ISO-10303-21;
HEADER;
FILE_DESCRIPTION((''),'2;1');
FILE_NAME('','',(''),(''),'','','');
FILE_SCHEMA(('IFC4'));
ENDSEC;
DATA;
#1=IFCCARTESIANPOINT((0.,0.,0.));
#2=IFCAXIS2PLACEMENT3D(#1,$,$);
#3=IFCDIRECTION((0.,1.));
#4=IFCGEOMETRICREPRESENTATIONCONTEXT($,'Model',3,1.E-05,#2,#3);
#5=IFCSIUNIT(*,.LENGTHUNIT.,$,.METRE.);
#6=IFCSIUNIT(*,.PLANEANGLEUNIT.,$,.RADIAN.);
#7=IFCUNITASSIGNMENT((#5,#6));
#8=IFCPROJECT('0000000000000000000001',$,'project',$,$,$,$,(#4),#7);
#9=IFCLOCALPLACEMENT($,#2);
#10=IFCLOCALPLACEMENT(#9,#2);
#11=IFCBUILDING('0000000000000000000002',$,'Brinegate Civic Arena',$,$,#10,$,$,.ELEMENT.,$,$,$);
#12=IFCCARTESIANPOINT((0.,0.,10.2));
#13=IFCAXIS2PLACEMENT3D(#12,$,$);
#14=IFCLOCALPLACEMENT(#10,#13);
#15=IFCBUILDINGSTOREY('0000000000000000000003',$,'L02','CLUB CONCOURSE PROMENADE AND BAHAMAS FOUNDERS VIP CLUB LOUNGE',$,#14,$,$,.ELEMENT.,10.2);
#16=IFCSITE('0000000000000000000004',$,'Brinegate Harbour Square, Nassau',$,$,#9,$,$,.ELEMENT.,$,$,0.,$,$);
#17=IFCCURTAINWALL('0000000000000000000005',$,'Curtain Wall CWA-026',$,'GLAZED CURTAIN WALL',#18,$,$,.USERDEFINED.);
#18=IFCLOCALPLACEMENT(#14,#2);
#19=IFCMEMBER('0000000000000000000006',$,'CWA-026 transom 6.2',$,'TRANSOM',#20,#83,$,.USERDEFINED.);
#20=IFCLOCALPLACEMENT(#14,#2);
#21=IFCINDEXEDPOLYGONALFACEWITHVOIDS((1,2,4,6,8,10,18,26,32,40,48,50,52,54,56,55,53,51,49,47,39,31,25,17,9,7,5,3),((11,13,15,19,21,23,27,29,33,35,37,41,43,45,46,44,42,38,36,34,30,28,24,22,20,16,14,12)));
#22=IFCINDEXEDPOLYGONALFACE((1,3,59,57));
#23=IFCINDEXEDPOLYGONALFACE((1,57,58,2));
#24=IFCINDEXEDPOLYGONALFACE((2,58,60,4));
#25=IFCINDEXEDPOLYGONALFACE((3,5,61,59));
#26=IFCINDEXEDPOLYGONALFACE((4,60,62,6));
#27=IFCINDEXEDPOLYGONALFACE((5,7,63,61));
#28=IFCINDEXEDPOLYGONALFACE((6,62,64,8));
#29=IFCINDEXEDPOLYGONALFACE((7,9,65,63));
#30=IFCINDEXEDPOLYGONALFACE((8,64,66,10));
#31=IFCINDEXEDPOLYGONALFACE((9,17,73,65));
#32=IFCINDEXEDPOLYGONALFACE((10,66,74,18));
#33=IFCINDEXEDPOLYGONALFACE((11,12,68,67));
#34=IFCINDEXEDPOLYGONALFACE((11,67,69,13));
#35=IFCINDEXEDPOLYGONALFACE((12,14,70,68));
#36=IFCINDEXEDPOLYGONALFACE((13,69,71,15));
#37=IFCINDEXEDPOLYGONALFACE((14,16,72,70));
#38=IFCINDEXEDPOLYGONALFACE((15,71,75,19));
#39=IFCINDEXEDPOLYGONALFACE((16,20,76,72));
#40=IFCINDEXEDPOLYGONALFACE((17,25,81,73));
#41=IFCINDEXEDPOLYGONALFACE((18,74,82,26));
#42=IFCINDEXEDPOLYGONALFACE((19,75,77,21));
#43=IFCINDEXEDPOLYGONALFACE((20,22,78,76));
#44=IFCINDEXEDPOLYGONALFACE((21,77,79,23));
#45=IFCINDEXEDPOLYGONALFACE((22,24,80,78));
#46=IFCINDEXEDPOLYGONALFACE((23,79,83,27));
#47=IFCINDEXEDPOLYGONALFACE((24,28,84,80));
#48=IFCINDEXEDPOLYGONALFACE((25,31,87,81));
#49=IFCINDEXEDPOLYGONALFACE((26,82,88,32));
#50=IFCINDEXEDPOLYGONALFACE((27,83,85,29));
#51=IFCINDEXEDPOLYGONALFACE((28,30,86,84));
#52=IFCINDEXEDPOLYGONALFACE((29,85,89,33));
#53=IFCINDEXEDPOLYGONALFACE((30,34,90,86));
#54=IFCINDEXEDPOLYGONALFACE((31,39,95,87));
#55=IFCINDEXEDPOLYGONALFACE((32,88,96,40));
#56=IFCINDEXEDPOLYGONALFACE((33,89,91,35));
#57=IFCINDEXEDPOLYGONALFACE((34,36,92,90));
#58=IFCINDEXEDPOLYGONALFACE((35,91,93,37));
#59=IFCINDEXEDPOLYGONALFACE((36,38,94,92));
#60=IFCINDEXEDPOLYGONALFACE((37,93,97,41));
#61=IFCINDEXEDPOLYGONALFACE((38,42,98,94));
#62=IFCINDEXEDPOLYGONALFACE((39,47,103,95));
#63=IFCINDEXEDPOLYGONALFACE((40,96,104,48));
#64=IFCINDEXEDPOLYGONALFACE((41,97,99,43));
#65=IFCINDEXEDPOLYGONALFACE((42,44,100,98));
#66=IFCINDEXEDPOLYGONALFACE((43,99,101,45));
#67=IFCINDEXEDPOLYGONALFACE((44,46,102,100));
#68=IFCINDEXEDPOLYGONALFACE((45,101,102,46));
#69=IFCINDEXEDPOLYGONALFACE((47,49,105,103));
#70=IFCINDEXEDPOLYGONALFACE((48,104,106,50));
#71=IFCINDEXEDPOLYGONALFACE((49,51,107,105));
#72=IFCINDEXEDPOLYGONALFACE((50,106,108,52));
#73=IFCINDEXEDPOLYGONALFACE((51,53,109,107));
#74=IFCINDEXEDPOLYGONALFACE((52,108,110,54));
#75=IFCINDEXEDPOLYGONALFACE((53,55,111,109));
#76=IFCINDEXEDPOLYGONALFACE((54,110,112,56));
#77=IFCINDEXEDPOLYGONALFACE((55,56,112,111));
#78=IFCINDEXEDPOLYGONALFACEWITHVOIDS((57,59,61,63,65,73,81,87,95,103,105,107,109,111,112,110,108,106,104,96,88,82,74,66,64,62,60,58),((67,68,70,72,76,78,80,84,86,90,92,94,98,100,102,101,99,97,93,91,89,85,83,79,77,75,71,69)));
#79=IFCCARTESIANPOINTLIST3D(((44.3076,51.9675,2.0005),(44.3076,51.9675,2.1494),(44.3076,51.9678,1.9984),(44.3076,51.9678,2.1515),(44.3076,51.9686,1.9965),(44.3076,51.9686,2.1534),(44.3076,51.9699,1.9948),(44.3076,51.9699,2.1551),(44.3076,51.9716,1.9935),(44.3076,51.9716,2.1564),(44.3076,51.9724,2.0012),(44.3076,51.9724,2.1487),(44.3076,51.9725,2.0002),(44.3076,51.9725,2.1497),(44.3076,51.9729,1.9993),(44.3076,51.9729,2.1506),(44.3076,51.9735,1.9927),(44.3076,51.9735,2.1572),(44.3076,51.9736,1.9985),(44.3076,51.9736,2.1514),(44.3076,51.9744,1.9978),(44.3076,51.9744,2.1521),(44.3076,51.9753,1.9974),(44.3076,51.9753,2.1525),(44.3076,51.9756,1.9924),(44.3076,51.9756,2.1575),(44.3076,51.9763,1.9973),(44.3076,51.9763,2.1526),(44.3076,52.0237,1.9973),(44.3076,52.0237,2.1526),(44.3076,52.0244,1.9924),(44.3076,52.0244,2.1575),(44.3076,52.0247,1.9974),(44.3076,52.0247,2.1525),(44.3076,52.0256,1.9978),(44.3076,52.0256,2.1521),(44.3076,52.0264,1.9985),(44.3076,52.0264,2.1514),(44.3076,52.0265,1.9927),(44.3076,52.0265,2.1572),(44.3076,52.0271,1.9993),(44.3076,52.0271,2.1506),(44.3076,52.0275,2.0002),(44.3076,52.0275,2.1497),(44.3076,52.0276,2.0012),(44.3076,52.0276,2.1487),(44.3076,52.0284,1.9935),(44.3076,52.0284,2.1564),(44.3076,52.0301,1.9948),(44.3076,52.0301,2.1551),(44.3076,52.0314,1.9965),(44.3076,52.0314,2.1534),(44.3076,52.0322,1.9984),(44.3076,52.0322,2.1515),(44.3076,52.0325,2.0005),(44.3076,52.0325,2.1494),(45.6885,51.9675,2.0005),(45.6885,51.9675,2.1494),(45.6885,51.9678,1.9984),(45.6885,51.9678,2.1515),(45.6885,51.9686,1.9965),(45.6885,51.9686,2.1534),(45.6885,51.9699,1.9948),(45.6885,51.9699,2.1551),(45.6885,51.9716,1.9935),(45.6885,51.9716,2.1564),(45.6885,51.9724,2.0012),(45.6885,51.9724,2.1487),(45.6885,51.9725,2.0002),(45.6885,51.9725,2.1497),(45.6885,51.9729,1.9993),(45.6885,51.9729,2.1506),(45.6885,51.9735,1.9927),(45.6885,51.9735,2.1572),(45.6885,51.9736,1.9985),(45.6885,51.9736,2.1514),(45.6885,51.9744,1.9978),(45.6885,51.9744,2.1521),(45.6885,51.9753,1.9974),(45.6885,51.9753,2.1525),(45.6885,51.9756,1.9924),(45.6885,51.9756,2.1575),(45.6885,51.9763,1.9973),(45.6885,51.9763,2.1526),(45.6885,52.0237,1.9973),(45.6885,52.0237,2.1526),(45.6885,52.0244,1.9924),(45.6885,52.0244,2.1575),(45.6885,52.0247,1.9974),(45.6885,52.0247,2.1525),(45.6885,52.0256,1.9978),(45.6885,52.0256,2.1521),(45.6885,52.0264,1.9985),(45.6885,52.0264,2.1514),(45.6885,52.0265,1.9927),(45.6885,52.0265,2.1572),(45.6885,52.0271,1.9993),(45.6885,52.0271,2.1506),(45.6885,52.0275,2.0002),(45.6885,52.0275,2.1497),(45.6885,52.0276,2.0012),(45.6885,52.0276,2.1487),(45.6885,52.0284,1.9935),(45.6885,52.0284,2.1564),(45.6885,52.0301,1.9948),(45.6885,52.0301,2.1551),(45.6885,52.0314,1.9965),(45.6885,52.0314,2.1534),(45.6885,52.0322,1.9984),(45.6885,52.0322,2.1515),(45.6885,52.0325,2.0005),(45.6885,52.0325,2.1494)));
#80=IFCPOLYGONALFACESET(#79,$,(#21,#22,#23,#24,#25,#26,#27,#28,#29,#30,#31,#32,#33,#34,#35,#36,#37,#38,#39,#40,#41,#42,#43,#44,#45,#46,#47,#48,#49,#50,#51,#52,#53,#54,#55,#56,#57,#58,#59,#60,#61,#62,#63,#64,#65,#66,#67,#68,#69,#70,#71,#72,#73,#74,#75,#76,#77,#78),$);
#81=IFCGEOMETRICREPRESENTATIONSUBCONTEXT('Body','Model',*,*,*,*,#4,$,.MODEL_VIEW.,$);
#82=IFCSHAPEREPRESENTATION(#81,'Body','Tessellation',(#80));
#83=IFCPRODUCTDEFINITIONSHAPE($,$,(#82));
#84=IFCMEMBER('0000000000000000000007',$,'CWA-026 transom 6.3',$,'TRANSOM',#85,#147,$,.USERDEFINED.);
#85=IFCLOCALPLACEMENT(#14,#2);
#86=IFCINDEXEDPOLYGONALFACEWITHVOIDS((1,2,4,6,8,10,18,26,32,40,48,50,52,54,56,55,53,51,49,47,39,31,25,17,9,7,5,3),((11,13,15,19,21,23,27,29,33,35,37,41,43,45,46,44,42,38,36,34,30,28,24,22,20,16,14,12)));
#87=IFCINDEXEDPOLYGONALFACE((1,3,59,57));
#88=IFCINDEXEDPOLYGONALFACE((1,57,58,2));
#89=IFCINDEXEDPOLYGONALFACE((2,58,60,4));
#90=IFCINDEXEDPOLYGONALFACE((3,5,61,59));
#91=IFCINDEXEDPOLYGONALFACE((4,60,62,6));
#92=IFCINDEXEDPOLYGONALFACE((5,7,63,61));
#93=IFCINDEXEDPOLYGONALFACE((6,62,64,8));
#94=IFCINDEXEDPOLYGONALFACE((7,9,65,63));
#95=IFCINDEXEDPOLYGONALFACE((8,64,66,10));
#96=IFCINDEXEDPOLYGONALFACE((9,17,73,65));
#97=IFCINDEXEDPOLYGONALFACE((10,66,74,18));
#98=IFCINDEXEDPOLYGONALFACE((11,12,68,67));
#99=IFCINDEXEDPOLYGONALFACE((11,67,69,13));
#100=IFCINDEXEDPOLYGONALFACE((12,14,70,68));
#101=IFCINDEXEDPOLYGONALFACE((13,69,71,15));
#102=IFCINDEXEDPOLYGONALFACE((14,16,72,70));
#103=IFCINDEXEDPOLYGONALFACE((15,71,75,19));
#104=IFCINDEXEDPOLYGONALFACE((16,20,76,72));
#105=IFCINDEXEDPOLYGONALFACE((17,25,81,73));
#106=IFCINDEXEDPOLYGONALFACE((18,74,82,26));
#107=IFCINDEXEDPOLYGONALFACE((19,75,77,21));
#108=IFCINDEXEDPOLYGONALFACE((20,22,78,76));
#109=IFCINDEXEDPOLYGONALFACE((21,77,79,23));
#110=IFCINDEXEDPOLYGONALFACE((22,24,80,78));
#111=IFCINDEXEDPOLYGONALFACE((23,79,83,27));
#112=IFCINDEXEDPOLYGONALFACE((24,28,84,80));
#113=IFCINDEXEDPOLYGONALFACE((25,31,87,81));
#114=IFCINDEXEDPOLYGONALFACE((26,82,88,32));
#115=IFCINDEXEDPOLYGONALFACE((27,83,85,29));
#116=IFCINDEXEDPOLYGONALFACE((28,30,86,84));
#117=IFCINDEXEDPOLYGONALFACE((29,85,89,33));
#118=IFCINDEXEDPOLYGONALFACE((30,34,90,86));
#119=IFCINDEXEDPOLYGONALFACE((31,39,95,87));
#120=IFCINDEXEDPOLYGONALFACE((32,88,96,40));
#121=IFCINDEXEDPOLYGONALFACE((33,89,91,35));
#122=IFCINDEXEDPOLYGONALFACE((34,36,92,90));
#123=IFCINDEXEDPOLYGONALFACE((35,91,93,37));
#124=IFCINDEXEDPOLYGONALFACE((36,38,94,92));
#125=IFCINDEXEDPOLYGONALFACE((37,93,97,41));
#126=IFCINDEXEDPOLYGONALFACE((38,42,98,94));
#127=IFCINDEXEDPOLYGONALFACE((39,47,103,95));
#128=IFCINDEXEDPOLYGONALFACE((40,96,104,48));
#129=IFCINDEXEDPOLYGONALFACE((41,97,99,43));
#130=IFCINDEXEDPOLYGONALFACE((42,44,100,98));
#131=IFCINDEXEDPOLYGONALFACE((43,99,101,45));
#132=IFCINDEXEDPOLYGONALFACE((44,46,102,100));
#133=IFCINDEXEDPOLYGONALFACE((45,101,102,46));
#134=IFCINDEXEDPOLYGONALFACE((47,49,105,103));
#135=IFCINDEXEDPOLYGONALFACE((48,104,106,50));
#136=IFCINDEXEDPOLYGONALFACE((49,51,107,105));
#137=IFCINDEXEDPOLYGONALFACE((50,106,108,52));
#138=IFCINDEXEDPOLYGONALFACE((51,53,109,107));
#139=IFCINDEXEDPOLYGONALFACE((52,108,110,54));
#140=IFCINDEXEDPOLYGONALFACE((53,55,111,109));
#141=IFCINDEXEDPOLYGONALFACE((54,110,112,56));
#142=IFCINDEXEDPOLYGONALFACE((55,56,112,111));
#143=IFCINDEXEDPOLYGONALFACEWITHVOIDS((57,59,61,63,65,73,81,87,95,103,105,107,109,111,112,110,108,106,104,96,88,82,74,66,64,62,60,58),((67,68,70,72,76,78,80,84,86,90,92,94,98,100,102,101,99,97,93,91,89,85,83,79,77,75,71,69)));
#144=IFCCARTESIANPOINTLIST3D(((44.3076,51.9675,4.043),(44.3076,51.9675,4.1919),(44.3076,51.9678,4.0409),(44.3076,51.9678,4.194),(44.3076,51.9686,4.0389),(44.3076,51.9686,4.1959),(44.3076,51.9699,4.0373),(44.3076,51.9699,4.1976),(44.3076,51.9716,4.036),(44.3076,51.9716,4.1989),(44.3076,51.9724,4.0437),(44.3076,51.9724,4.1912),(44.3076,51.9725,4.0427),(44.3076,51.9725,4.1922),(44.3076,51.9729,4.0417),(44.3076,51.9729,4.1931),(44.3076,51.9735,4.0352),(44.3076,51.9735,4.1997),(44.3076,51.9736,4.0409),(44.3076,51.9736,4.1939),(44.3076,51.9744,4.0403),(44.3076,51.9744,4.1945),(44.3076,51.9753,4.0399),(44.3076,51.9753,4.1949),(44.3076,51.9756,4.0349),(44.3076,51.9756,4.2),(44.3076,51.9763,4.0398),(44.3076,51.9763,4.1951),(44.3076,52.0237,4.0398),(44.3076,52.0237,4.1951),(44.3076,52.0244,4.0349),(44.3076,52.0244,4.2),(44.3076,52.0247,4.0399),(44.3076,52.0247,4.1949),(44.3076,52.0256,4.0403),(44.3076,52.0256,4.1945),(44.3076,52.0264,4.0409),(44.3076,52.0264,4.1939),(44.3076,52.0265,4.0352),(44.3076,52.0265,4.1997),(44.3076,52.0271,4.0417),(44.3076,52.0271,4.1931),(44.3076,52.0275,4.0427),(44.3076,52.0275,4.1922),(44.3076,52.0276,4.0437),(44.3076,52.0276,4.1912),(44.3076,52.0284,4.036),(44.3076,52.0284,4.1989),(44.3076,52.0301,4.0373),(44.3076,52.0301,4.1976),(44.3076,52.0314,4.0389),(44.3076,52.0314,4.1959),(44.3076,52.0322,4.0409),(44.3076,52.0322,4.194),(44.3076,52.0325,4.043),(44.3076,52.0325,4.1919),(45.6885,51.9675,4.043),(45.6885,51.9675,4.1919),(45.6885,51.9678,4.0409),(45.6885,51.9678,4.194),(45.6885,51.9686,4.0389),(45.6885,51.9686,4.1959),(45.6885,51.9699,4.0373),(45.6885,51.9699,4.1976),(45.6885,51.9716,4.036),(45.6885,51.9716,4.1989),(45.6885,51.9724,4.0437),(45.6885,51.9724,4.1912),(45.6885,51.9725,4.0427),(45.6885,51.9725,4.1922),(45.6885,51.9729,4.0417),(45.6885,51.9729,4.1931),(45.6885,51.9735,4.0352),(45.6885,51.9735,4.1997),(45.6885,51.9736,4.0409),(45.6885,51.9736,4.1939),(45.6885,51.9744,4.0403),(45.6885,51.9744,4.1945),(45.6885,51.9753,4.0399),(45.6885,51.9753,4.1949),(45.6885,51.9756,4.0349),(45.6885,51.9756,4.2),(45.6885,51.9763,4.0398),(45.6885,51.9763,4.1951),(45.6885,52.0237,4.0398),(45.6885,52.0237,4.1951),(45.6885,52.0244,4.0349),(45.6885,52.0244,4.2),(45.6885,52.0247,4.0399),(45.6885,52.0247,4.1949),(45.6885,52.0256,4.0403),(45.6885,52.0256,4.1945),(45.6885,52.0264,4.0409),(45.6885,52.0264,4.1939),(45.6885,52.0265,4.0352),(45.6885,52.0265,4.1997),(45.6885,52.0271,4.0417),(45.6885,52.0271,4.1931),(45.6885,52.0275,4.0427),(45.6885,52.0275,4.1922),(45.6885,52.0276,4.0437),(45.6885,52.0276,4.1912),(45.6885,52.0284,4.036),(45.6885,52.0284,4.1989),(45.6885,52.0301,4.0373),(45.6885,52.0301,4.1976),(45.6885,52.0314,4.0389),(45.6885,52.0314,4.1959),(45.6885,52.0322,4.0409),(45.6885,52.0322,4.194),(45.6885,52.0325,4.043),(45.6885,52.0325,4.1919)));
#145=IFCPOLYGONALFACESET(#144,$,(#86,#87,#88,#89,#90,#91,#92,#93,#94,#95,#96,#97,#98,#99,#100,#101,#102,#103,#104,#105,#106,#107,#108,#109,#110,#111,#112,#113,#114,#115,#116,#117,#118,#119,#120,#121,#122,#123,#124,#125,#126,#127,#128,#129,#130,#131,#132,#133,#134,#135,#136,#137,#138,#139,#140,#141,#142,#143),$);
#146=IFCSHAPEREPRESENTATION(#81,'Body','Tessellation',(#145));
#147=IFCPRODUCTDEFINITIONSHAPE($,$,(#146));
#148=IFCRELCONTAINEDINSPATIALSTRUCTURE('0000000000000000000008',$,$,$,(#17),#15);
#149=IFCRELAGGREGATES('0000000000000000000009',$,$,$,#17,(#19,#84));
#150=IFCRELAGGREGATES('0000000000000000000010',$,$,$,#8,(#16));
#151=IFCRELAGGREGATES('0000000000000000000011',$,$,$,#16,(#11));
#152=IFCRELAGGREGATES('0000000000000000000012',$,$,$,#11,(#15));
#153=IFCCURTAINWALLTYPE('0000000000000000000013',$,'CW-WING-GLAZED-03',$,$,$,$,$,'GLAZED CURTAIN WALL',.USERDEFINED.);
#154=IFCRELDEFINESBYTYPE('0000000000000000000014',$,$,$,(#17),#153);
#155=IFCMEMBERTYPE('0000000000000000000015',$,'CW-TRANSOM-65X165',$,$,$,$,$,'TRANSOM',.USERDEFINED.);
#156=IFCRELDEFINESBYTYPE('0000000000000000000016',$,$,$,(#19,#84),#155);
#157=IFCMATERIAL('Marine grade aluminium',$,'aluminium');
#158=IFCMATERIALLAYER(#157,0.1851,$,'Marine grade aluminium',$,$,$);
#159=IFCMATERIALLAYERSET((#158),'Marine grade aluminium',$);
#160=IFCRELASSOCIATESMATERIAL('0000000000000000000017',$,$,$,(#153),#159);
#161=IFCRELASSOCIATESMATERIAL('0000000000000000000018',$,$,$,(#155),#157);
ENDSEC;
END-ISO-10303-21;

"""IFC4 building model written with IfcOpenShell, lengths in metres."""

from ifc_helpers import new_model, si_unit, direction, frame, origin, origin_2d, place, context, subcontext, project, spatial, hollow_rectangle, extrude, material, layer, layer_set, material_profile, profile_set, type_object, element, aggregate, save


model = new_model("IFC4")

# Units and contexts
model_context = context("Model", 3, precision=1e-05, world=origin(), true_north=direction((0.0, 1.0)))
body_context = subcontext(model_context, "Body", "Model", "MODEL_VIEW")
ifc_project = project(units=[si_unit("LENGTHUNIT", "METRE"), si_unit("PLANEANGLEUNIT", "RADIAN")], contexts=[model_context])

# Site, building, storey
site_placement = place(None, origin())
site = spatial("IfcSite", under=ifc_project, at=site_placement, Name="Brinegate Harbour Square, Nassau", CompositionType="ELEMENT", RefElevation=0.0)
building_placement = place(site_placement, origin())
building = spatial("IfcBuilding", under=site, at=building_placement, Name="Brinegate Civic Arena", CompositionType="ELEMENT")
storey_placement = place(building_placement, frame((0.0, 0.0, 10.2)))
storey = spatial("IfcBuildingStorey", under=building, at=storey_placement, Name="L02", Description="CLUB CONCOURSE PROMENADE AND BAHAMAS FOUNDERS VIP CLUB LOUNGE", CompositionType="ELEMENT", Elevation=10.2)

# Curtain wall
ifc_material_1 = material(Name="Marine grade aluminium", Category="aluminium")
ifc_layer_1 = layer(ifc_material_1, 0.1851, Name="Marine grade aluminium")
ifc_layer_set_1 = layer_set([ifc_layer_1], Name="Marine grade aluminium")
curtain_wall_type_1 = type_object("IfcCurtainWallType", Name="CW-WING-GLAZED-03", ElementType="GLAZED CURTAIN WALL", PredefinedType="USERDEFINED", material=ifc_layer_set_1)
curtain_wall_1_placement = place(storey_placement, origin())
curtain_wall_1 = element("IfcCurtainWall", 1, at=curtain_wall_1_placement, inside=storey, type_object=curtain_wall_type_1, Name="Curtain Wall CWA-026", ObjectType="GLAZED CURTAIN WALL", PredefinedType="USERDEFINED")

# Members
ifc_material_profile_1 = material_profile(ifc_material_1, hollow_rectangle(XDim=0.0649, YDim=0.165, WallThickness=0.0049, InnerFilletRadius=0.0039, OuterFilletRadius=0.0081, at=origin_2d()), Name="TRN65X165")
ifc_profile_set_1 = profile_set([ifc_material_profile_1], Name="Marine grade aluminium")
member_type_1 = type_object("IfcMemberType", Name="CW-TRANSOM-65X165", ElementType="TRANSOM", PredefinedType="USERDEFINED", material=ifc_profile_set_1)
member_1_placement = place(storey_placement, frame((44.3076, 52.0, 2.075), z_axis=(1.0, 0.0, 0.0), x_axis=(0.0, 1.0, 0.0)))
member_1 = element("IfcMember", 2, at=member_1_placement, type_object=member_type_1, Name="CWA-026 transom 6.2", ObjectType="TRANSOM", PredefinedType="USERDEFINED", context=body_context, shape_type="SweptSolid", body=[
    extrude(hollow_rectangle(XDim=0.0649, YDim=0.165, WallThickness=0.0049, InnerFilletRadius=0.0039, OuterFilletRadius=0.0081, at=origin_2d()), origin(), (0.0, 0.0, 1.0), 1.3809),
])
member_2_placement = place(storey_placement, frame((44.3076, 52.0, 4.1174), z_axis=(1.0, 0.0, 0.0), x_axis=(0.0, 1.0, 0.0)))
member_2 = element("IfcMember", 3, at=member_2_placement, type_object=member_type_1, Name="CWA-026 transom 6.3", ObjectType="TRANSOM", PredefinedType="USERDEFINED", context=body_context, shape_type="SweptSolid", body=[
    extrude(hollow_rectangle(XDim=0.0649, YDim=0.165, WallThickness=0.0049, InnerFilletRadius=0.0039, OuterFilletRadius=0.0081, at=origin_2d()), origin(), (0.0, 0.0, 1.0), 1.3809),
])

aggregate(curtain_wall_1, [member_1, member_2])

save(model, "model.ifc")
